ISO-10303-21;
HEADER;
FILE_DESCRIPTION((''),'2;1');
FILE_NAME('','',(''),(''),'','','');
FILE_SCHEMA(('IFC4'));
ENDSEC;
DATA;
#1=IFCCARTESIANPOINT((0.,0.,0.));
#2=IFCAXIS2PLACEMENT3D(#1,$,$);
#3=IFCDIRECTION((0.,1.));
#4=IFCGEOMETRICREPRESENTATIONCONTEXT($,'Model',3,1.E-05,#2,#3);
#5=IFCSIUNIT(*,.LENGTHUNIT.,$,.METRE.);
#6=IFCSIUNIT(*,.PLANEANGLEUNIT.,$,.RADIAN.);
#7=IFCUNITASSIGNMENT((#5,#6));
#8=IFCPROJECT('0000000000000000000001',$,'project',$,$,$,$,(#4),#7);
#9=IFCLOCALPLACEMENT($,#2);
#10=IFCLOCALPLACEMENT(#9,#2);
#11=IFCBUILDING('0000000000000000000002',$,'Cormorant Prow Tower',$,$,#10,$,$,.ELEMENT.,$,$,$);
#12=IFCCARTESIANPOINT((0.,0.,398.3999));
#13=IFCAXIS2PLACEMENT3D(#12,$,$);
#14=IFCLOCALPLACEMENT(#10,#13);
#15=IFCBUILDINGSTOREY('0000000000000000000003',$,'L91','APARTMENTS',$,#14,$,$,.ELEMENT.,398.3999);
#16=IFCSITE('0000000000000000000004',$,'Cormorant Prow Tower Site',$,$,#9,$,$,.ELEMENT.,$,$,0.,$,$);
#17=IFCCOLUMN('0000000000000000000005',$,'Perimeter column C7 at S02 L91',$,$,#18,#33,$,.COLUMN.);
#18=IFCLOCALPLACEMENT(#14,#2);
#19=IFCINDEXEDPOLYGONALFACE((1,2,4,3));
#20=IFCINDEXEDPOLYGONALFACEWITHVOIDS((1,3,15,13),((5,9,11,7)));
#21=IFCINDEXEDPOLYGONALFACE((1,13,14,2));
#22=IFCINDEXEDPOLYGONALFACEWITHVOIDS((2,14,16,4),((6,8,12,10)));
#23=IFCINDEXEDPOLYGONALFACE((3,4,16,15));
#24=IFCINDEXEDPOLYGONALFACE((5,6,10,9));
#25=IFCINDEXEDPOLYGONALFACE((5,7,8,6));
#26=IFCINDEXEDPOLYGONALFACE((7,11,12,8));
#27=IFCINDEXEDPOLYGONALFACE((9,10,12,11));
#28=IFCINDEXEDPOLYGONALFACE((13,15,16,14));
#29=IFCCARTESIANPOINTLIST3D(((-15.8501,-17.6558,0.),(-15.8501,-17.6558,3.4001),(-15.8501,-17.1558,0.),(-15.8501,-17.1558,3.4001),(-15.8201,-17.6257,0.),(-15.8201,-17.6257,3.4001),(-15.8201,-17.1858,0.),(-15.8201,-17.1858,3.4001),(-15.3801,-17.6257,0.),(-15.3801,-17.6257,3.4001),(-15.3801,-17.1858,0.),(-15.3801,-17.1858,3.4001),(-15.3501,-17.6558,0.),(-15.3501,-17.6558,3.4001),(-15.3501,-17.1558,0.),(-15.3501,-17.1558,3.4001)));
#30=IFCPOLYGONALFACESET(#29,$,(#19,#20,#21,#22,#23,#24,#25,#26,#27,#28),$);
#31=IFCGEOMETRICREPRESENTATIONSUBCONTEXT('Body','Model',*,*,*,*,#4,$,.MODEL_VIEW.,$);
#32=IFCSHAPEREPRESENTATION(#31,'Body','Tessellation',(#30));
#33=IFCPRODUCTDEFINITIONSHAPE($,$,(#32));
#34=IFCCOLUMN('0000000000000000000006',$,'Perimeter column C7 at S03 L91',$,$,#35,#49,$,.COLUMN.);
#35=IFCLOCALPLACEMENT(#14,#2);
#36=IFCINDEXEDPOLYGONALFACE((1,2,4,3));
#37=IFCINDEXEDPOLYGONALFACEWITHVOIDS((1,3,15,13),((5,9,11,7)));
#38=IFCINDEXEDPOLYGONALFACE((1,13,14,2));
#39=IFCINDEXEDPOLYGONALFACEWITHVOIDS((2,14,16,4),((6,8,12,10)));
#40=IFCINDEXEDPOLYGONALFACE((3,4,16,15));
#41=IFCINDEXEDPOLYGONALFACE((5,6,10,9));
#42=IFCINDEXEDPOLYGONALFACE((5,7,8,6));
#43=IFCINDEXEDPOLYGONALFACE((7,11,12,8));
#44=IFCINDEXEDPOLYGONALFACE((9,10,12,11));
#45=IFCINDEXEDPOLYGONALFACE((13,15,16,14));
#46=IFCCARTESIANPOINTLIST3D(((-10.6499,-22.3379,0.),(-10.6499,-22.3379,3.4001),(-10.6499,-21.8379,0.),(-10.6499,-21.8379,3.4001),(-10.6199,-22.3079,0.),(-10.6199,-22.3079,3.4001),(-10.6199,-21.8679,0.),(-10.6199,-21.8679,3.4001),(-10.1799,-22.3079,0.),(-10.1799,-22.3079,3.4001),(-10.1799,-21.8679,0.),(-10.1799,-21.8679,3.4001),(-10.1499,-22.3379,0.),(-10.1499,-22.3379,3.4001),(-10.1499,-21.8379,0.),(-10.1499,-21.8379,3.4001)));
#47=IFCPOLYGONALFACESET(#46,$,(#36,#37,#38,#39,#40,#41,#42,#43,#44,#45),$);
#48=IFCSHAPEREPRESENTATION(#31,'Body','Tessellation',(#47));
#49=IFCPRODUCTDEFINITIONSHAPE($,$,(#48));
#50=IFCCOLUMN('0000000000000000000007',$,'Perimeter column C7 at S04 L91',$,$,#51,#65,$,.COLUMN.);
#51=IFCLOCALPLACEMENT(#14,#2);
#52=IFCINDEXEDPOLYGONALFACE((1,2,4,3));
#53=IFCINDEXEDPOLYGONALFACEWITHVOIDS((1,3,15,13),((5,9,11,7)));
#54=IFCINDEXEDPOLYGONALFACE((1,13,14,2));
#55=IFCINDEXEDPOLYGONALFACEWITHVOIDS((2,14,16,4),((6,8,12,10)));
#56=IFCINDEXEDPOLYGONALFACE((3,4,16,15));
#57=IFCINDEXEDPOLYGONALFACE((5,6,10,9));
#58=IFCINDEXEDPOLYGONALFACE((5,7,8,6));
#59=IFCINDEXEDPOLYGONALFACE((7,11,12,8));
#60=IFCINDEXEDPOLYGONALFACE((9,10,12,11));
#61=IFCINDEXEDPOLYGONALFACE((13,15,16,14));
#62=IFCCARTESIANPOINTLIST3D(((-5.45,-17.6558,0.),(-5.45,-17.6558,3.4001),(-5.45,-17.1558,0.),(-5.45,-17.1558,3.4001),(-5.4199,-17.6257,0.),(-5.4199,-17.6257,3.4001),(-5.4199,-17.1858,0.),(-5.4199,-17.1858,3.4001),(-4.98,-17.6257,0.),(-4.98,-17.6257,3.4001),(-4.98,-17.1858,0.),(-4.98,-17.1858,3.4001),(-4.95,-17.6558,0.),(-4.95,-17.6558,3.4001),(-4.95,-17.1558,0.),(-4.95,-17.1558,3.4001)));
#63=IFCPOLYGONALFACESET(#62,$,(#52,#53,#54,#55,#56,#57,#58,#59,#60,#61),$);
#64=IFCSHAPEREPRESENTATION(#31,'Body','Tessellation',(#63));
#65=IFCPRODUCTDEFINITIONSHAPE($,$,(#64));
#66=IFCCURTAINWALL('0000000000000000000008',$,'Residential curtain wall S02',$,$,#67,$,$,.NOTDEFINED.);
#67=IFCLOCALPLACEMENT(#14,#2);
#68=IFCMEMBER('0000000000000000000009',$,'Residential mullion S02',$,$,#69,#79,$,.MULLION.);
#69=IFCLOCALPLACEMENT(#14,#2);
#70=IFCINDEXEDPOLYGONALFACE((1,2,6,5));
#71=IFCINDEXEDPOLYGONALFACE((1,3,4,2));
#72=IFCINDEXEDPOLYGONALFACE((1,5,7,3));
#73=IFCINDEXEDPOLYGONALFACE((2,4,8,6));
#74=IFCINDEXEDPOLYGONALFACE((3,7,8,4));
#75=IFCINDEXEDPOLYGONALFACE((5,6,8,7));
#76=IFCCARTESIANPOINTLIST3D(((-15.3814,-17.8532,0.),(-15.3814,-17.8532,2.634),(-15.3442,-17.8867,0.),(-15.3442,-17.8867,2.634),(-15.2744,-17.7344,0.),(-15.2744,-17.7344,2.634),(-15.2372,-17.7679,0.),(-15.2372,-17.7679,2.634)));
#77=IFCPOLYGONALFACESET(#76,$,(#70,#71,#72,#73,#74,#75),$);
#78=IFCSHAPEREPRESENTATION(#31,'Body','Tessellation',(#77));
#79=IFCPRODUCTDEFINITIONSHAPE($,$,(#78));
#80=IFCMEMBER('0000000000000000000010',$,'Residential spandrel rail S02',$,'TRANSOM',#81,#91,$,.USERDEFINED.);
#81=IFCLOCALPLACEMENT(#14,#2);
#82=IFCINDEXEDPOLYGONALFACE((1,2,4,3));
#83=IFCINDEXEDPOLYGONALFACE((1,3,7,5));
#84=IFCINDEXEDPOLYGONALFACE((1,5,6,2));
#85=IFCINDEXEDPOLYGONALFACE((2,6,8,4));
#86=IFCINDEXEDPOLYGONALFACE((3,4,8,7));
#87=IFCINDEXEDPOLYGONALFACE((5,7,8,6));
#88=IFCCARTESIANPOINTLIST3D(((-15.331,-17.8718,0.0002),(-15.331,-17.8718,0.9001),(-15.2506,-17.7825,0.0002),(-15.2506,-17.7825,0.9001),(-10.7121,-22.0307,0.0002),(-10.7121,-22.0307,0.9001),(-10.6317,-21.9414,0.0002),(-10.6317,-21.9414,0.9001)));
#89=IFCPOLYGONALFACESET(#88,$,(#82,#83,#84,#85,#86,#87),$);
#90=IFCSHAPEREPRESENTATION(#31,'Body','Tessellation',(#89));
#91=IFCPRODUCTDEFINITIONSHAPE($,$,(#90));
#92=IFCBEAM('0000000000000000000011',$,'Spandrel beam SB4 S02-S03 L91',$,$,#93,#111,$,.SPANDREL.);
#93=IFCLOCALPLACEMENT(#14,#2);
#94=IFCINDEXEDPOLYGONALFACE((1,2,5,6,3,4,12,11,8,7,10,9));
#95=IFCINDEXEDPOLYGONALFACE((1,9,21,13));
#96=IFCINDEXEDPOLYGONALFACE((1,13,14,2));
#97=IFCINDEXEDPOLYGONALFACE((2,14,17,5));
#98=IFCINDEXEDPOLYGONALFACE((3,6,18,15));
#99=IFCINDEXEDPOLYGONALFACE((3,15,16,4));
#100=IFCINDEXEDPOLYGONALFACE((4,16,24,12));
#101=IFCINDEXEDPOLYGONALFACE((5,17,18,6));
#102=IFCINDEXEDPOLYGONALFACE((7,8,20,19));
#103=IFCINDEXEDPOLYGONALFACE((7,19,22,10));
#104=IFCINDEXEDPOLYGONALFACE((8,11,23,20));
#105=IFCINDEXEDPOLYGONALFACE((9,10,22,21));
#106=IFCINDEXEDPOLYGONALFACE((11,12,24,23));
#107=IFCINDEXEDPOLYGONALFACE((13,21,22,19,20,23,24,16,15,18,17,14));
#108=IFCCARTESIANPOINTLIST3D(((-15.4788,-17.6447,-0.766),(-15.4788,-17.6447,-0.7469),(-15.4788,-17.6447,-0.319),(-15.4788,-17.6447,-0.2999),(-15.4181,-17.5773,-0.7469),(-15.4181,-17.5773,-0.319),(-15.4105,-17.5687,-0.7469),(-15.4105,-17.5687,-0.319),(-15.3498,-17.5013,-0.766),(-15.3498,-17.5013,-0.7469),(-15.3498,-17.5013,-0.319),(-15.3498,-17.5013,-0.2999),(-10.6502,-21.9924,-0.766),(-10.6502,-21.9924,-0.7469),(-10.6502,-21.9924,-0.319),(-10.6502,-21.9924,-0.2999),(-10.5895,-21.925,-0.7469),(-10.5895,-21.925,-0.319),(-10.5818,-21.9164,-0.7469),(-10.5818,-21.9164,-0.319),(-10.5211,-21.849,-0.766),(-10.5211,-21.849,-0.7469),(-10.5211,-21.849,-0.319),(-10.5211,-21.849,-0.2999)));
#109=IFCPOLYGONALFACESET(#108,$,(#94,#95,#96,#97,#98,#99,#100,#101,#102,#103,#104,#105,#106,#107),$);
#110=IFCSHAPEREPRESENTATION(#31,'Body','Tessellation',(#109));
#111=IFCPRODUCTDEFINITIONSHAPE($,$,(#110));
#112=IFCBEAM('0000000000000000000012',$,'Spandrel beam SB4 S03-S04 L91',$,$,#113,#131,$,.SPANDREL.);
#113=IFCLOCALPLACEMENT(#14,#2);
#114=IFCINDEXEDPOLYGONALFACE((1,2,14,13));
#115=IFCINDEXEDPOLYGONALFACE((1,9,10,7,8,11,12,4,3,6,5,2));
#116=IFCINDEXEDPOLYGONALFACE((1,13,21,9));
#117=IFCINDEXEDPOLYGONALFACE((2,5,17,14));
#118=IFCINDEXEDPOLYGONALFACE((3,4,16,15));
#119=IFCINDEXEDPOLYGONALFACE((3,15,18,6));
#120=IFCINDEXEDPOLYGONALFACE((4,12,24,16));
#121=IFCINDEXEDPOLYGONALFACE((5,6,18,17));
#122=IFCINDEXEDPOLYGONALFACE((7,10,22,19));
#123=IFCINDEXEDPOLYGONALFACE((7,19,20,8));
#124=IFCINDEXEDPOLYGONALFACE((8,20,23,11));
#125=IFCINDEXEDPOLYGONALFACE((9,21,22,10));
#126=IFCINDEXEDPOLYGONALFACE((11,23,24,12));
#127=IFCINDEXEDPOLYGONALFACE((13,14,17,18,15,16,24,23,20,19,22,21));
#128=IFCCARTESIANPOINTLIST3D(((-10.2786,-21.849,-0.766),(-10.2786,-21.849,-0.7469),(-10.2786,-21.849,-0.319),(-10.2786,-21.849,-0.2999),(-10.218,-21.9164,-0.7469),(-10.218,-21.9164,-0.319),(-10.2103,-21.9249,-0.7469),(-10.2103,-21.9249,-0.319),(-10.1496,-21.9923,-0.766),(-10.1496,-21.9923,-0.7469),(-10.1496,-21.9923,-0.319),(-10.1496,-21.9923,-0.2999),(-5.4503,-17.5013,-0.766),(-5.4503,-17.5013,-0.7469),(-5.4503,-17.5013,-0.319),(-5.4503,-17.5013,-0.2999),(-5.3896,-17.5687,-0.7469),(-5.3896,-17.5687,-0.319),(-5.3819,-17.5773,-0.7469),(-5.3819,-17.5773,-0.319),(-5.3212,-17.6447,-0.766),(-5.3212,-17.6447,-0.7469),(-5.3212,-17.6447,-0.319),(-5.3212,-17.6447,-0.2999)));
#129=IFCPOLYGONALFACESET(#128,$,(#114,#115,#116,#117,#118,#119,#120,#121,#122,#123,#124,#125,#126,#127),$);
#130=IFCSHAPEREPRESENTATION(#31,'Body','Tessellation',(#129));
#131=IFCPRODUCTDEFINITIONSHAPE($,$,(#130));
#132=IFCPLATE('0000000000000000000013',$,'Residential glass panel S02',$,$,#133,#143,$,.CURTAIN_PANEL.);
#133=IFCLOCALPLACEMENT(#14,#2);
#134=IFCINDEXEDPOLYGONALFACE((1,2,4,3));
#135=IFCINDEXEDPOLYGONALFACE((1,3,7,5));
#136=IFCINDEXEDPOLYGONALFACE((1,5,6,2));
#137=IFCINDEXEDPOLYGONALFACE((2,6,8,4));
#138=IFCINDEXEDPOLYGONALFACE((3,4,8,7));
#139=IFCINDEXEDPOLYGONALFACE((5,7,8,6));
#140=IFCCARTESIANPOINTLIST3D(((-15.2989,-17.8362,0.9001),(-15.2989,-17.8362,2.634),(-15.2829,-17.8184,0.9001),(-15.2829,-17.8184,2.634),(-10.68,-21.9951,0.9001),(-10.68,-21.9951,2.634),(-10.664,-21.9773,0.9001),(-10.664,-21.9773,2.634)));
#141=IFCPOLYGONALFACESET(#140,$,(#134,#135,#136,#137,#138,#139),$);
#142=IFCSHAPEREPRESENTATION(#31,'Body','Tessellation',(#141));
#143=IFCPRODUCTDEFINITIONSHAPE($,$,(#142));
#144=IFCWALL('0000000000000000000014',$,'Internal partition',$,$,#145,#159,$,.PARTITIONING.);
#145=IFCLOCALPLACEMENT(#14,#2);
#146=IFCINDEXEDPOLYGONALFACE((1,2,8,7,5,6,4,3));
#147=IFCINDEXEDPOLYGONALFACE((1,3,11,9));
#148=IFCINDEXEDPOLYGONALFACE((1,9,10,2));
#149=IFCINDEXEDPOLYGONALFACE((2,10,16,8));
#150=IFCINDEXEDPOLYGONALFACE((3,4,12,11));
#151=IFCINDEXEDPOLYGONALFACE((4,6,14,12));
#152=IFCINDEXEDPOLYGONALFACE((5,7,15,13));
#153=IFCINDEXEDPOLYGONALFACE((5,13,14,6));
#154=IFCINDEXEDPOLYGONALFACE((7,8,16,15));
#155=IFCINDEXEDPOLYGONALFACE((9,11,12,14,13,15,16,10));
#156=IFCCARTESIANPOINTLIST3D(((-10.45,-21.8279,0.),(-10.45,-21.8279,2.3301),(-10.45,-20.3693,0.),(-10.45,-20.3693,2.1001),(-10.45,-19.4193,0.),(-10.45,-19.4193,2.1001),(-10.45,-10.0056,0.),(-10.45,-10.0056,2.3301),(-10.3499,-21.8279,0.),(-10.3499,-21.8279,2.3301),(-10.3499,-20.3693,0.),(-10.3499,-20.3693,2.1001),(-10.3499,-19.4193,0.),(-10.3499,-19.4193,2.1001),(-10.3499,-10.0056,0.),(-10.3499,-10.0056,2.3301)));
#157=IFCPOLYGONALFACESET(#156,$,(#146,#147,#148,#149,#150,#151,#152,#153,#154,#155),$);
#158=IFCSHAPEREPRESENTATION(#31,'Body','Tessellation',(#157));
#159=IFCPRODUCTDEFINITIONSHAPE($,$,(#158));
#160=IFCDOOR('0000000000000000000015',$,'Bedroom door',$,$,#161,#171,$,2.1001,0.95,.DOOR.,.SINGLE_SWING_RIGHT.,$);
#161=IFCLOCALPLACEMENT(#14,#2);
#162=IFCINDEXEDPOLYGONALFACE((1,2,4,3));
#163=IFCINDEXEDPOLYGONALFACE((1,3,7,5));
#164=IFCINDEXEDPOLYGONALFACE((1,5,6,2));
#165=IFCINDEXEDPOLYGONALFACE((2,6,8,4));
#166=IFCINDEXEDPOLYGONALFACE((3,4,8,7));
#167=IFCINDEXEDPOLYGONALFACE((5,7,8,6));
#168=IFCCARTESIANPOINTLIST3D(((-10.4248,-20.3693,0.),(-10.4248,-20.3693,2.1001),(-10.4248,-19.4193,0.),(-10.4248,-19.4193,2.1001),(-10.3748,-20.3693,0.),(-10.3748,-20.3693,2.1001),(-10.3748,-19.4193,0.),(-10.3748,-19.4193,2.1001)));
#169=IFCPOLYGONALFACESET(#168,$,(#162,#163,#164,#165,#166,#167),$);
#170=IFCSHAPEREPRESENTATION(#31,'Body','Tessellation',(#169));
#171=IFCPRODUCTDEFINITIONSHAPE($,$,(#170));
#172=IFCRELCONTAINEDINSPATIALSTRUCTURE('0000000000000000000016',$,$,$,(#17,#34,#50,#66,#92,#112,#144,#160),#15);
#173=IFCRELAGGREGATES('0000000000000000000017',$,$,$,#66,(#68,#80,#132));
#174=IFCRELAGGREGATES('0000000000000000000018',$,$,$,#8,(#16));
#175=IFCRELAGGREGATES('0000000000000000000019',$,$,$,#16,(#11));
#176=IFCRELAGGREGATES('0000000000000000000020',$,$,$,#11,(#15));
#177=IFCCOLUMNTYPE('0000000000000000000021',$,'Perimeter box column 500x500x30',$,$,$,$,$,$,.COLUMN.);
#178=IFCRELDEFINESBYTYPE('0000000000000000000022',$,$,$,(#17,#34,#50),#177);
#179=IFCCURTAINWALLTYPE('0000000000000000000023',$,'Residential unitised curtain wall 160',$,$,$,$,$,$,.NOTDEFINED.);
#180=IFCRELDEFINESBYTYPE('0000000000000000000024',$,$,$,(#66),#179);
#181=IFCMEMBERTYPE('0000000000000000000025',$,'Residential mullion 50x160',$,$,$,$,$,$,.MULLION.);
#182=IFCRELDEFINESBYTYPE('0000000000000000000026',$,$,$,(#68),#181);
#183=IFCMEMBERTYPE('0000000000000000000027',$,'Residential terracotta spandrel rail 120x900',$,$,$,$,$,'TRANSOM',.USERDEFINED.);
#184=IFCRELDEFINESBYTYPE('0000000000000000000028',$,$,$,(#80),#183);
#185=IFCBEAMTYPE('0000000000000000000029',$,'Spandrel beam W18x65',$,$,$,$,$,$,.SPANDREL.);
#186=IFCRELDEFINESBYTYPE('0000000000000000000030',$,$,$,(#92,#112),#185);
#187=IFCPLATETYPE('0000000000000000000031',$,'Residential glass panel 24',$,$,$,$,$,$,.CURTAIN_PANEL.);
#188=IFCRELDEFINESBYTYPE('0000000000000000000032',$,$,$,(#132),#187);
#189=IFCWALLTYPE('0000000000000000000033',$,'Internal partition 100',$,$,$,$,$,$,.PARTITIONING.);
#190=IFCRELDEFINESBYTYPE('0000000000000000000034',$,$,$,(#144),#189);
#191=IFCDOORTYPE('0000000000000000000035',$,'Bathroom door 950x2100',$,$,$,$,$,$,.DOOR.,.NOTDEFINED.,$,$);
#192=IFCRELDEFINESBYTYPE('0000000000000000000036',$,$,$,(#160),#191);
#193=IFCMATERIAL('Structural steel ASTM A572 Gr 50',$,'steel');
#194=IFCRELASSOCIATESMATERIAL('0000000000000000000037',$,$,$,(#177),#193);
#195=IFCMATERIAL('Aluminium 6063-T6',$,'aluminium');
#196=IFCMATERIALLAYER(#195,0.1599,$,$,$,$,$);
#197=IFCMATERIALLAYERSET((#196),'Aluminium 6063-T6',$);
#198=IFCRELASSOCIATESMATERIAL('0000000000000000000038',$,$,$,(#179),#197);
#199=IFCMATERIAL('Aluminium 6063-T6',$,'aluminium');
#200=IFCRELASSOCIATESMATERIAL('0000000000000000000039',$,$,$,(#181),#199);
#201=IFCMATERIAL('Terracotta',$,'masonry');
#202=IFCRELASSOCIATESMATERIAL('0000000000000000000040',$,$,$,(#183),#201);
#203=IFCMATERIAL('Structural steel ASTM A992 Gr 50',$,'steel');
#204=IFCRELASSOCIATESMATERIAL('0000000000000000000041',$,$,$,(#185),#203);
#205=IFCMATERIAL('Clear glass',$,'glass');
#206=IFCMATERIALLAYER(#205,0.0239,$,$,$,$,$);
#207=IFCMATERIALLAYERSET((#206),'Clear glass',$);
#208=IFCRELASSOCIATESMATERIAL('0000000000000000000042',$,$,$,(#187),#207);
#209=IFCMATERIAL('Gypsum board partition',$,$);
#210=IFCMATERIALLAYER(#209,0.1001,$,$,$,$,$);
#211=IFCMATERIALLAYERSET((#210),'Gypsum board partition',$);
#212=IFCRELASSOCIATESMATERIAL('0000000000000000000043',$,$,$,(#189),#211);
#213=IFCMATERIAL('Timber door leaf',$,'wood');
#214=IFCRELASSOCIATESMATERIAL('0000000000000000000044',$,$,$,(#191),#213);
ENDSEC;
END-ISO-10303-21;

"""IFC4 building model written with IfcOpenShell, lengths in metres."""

from ifc_helpers import new_model, si_unit, direction, frame, frame_2d, origin, origin_2d, place, context, subcontext, project, spatial, rectangle, hollow_rectangle, i_section, extrude, material, layer, layer_set, material_profile, profile_set, type_object, element, fill, aggregate, save


model = new_model("IFC4")

# Units and contexts
model_context = context("Model", 3, precision=1e-05, world=origin(), true_north=direction((0.0, 1.0)))
body_context = subcontext(model_context, "Body", "Model", "MODEL_VIEW")
ifc_project = project(units=[si_unit("LENGTHUNIT", "METRE"), si_unit("PLANEANGLEUNIT", "RADIAN")], contexts=[model_context])

# Site, building, storey
site_placement = place(None, origin())
site = spatial("IfcSite", under=ifc_project, at=site_placement, Name="Cormorant Prow Tower Site", CompositionType="ELEMENT", RefElevation=0.0)
building_placement = place(site_placement, origin())
building = spatial("IfcBuilding", under=site, at=building_placement, Name="Cormorant Prow Tower", CompositionType="ELEMENT")
storey_placement = place(building_placement, frame((0.0, 0.0, 398.3999)))
storey = spatial("IfcBuildingStorey", under=building, at=storey_placement, Name="L91", Description="APARTMENTS", CompositionType="ELEMENT", Elevation=398.3999)

# Columns
ifc_material_1 = material(Name="Structural steel ASTM A572 Gr 50", Category="steel")
ifc_material_profile_1 = material_profile(ifc_material_1, hollow_rectangle(XDim=0.5, YDim=0.5, WallThickness=0.03, at=origin_2d()), Name="Box 500x500x30")
ifc_profile_set_1 = profile_set([ifc_material_profile_1], Name="Structural steel ASTM A572 Gr 50")
column_type = type_object("IfcColumnType", Name="Perimeter box column 500x500x30", PredefinedType="COLUMN", material=ifc_profile_set_1)
for number, where, z_axis, x_axis, name in (
    (1, (-15.6001, -17.4058, 0.0), (0.0, 0.0, 1.0), (1.0, 0.0, 0.0), "Perimeter column C7 at S02 L91"),
    (2, (-10.3999, -22.0879, 0.0), (0.0, 0.0, 1.0), (1.0, 0.0, 0.0), "Perimeter column C7 at S03 L91"),
    (3, (-5.2, -17.4058, 0.0), (0.0, 0.0, 1.0), (1.0, 0.0, 0.0), "Perimeter column C7 at S04 L91"),
):
    element("IfcColumn", number, at=place(storey_placement, frame(where, z_axis=z_axis, x_axis=x_axis)), inside=storey, type_object=column_type, Name=name, PredefinedType="COLUMN", context=body_context, shape_type="SweptSolid", body=[
        extrude(hollow_rectangle(XDim=0.5, YDim=0.5, WallThickness=0.03, at=origin_2d()), origin(), (0.0, 0.0, 1.0), 3.4001),
    ])

# Curtain wall, members
ifc_material_2 = material(Name="Aluminium 6063-T6", Category="aluminium")
ifc_layer_1 = layer(ifc_material_2, 0.1599)
ifc_layer_set_1 = layer_set([ifc_layer_1], Name="Aluminium 6063-T6")
curtain_wall_type = type_object("IfcCurtainWallType", Name="Residential unitised curtain wall 160", PredefinedType="NOTDEFINED", material=ifc_layer_set_1)
curtain_wall_placement = place(storey_placement, origin())
curtain_wall = element("IfcCurtainWall", 4, at=curtain_wall_placement, inside=storey, type_object=curtain_wall_type, Name="Residential curtain wall S02", PredefinedType="NOTDEFINED")
ifc_material_3 = material(Name="Aluminium 6063-T6", Category="aluminium")
ifc_material_profile_2 = material_profile(ifc_material_3, rectangle(XDim=0.1599, YDim=0.05, at=origin_2d()), Name="Residential mullion 50x160")
ifc_profile_set_2 = profile_set([ifc_material_profile_2], Name="Aluminium 6063-T6")
member_type_1 = type_object("IfcMemberType", Name="Residential mullion 50x160", PredefinedType="MULLION", material=ifc_profile_set_2)
member_1_placement = place(storey_placement, frame((-15.3093, -17.8105, 0.0), z_axis=(0.0, 0.0, 1.0), x_axis=(0.669131, 0.743145, 0.0)))
member_1 = element("IfcMember", 5, at=member_1_placement, type_object=member_type_1, Name="Residential mullion S02", PredefinedType="MULLION", context=body_context, shape_type="SweptSolid", body=[
    extrude(rectangle(XDim=0.1599, YDim=0.05, at=origin_2d()), origin(), (0.0, 0.0, 1.0), 2.634),
])
ifc_material_4 = material(Name="Terracotta", Category="masonry")
ifc_material_profile_3 = material_profile(ifc_material_4, rectangle(XDim=0.1201, YDim=0.8999, at=origin_2d()), Name="Residential terracotta spandrel rail 120x900")
ifc_profile_set_3 = profile_set([ifc_material_profile_3], Name="Terracotta")
member_type_2 = type_object("IfcMemberType", Name="Residential terracotta spandrel rail 120x900", ElementType="TRANSOM", PredefinedType="USERDEFINED", material=ifc_profile_set_3)
member_2_placement = place(storey_placement, frame((-15.2908, -17.8271, 0.4502), z_axis=(0.74314, -0.669136, 0.0), x_axis=(0.669136, 0.74314, 0.0)))
member_2 = element("IfcMember", 6, at=member_2_placement, type_object=member_type_2, Name="Residential spandrel rail S02", ObjectType="TRANSOM", PredefinedType="USERDEFINED", context=body_context, shape_type="SweptSolid", body=[
    extrude(rectangle(XDim=0.1201, YDim=0.8999, at=origin_2d()), origin(), (0.0, 0.0, 1.0), 6.2153),
])

# Beams
ifc_material_5 = material(Name="Structural steel ASTM A992 Gr 50", Category="steel")
ifc_material_profile_4 = material_profile(ifc_material_5, i_section(OverallWidth=0.1929, OverallDepth=0.4661, WebThickness=0.0115, FlangeThickness=0.019, at=origin_2d()), Name="W18x65")
ifc_profile_set_4 = profile_set([ifc_material_profile_4], Name="Structural steel ASTM A992 Gr 50")
beam_type = type_object("IfcBeamType", Name="Spandrel beam W18x65", PredefinedType="SPANDREL", material=ifc_profile_set_4)
beam_1_placement = place(storey_placement, frame((-15.4143, -17.573, -0.533), z_axis=(0.743148, -0.669127, 0.0), x_axis=(0.669127, 0.743148, 0.0)))
element("IfcBeam", 7, at=beam_1_placement, inside=storey, type_object=beam_type, Name="Spandrel beam SB4 S02-S03 L91", PredefinedType="SPANDREL", context=body_context, shape_type="SweptSolid", body=[
    extrude(i_section(OverallWidth=0.1929, OverallDepth=0.4661, WebThickness=0.0115, FlangeThickness=0.019, at=origin_2d()), origin(), (0.0, 0.0, 1.0), 6.4976),
])
beam_2_placement = place(storey_placement, frame((-10.2141, -21.9207, -0.533), z_axis=(0.743132, 0.669145, 0.0), x_axis=(-0.669145, 0.743132, 0.0)))
element("IfcBeam", 8, at=beam_2_placement, inside=storey, type_object=beam_type, Name="Spandrel beam SB4 S03-S04 L91", PredefinedType="SPANDREL", context=body_context, shape_type="SweptSolid", body=[
    extrude(i_section(OverallWidth=0.1929, OverallDepth=0.4661, WebThickness=0.0115, FlangeThickness=0.019, at=origin_2d()), origin(), (0.0, 0.0, 1.0), 6.4973),
])

# Plate
ifc_material_6 = material(Name="Clear glass", Category="glass")
ifc_layer_2 = layer(ifc_material_6, 0.0239)
ifc_layer_set_2 = layer_set([ifc_layer_2], Name="Clear glass")
plate_type = type_object("IfcPlateType", Name="Residential glass panel 24", PredefinedType="CURTAIN_PANEL", material=ifc_layer_set_2)
plate_placement = place(storey_placement, frame((-12.9814, -19.9067, 0.9001), z_axis=(0.0, 0.0, 1.0), x_axis=(0.743145, -0.669131, 0.0)))
plate = element("IfcPlate", 9, at=plate_placement, type_object=plate_type, Name="Residential glass panel S02", PredefinedType="CURTAIN_PANEL", context=body_context, shape_type="SweptSolid", body=[
    extrude(rectangle(XDim=6.2153, YDim=0.0239, at=origin_2d()), origin(), (0.0, 0.0, 1.0), 1.7339),
])
aggregate(curtain_wall, [member_1, member_2, plate])

# Wall, opening, door
ifc_material_7 = material(Name="Gypsum board partition")
ifc_layer_3 = layer(ifc_material_7, 0.1001)
ifc_layer_set_3 = layer_set([ifc_layer_3], Name="Gypsum board partition")
wall_type_1 = type_object("IfcWallType", Name="Internal partition 100", PredefinedType="PARTITIONING", material=ifc_layer_set_3)
wall_1_placement = place(storey_placement, frame((-10.3999, -21.8279, 0.0), z_axis=(0.0, 0.0, 1.0), x_axis=(0.0, 1.0, 0.0)))
wall_1 = element("IfcWall", 10, at=wall_1_placement, inside=storey, type_object=wall_type_1, Name="Internal partition", PredefinedType="PARTITIONING", context=body_context, shape_type="SweptSolid", body=[
    extrude(rectangle(XDim=11.8223, YDim=0.1001, at=frame_2d((5.9111, 0.0))), origin(), (0.0, 0.0, 1.0), 2.3301),
])
opening_1_placement = place(wall_1_placement, frame((1.4585, 0.0, 0.0)))
opening_1 = element("IfcOpeningElement", 11, at=opening_1_placement, cuts=wall_1, PredefinedType="OPENING", context=body_context, shape_type="SweptSolid", body=[
    extrude(rectangle(XDim=0.95, YDim=2.1001, at=frame_2d((0.4751, 1.05))), frame((0.0, 0.0601, 0.0), z_axis=(0.0, -1.0, 0.0), x_axis=(1.0, 0.0, 0.0)), (0.0, 0.0, 1.0), 0.1201),
])
ifc_material_8 = material(Name="Timber door leaf", Category="wood")
door_type_1 = type_object("IfcDoorType", Name="Bathroom door 950x2100", OperationType="NOTDEFINED", PredefinedType="DOOR", material=ifc_material_8)
door_1_placement = place(opening_1_placement, origin())
door_1 = element("IfcDoor", 12, at=door_1_placement, inside=storey, type_object=door_type_1, Name="Bedroom door", OperationType="SINGLE_SWING_RIGHT", OverallHeight=2.1001, OverallWidth=0.95, PredefinedType="DOOR", context=body_context, shape_type="SweptSolid", body=[
    extrude(rectangle(XDim=0.95, YDim=2.1001, at=frame_2d((0.4751, 1.05))), frame((0.0, 0.0249, 0.0), z_axis=(0.0, -1.0, 0.0), x_axis=(1.0, 0.0, 0.0)), (0.0, 0.0, 1.0), 0.05),
])
fill(opening_1, door_1)

save(model, "model.ifc")
